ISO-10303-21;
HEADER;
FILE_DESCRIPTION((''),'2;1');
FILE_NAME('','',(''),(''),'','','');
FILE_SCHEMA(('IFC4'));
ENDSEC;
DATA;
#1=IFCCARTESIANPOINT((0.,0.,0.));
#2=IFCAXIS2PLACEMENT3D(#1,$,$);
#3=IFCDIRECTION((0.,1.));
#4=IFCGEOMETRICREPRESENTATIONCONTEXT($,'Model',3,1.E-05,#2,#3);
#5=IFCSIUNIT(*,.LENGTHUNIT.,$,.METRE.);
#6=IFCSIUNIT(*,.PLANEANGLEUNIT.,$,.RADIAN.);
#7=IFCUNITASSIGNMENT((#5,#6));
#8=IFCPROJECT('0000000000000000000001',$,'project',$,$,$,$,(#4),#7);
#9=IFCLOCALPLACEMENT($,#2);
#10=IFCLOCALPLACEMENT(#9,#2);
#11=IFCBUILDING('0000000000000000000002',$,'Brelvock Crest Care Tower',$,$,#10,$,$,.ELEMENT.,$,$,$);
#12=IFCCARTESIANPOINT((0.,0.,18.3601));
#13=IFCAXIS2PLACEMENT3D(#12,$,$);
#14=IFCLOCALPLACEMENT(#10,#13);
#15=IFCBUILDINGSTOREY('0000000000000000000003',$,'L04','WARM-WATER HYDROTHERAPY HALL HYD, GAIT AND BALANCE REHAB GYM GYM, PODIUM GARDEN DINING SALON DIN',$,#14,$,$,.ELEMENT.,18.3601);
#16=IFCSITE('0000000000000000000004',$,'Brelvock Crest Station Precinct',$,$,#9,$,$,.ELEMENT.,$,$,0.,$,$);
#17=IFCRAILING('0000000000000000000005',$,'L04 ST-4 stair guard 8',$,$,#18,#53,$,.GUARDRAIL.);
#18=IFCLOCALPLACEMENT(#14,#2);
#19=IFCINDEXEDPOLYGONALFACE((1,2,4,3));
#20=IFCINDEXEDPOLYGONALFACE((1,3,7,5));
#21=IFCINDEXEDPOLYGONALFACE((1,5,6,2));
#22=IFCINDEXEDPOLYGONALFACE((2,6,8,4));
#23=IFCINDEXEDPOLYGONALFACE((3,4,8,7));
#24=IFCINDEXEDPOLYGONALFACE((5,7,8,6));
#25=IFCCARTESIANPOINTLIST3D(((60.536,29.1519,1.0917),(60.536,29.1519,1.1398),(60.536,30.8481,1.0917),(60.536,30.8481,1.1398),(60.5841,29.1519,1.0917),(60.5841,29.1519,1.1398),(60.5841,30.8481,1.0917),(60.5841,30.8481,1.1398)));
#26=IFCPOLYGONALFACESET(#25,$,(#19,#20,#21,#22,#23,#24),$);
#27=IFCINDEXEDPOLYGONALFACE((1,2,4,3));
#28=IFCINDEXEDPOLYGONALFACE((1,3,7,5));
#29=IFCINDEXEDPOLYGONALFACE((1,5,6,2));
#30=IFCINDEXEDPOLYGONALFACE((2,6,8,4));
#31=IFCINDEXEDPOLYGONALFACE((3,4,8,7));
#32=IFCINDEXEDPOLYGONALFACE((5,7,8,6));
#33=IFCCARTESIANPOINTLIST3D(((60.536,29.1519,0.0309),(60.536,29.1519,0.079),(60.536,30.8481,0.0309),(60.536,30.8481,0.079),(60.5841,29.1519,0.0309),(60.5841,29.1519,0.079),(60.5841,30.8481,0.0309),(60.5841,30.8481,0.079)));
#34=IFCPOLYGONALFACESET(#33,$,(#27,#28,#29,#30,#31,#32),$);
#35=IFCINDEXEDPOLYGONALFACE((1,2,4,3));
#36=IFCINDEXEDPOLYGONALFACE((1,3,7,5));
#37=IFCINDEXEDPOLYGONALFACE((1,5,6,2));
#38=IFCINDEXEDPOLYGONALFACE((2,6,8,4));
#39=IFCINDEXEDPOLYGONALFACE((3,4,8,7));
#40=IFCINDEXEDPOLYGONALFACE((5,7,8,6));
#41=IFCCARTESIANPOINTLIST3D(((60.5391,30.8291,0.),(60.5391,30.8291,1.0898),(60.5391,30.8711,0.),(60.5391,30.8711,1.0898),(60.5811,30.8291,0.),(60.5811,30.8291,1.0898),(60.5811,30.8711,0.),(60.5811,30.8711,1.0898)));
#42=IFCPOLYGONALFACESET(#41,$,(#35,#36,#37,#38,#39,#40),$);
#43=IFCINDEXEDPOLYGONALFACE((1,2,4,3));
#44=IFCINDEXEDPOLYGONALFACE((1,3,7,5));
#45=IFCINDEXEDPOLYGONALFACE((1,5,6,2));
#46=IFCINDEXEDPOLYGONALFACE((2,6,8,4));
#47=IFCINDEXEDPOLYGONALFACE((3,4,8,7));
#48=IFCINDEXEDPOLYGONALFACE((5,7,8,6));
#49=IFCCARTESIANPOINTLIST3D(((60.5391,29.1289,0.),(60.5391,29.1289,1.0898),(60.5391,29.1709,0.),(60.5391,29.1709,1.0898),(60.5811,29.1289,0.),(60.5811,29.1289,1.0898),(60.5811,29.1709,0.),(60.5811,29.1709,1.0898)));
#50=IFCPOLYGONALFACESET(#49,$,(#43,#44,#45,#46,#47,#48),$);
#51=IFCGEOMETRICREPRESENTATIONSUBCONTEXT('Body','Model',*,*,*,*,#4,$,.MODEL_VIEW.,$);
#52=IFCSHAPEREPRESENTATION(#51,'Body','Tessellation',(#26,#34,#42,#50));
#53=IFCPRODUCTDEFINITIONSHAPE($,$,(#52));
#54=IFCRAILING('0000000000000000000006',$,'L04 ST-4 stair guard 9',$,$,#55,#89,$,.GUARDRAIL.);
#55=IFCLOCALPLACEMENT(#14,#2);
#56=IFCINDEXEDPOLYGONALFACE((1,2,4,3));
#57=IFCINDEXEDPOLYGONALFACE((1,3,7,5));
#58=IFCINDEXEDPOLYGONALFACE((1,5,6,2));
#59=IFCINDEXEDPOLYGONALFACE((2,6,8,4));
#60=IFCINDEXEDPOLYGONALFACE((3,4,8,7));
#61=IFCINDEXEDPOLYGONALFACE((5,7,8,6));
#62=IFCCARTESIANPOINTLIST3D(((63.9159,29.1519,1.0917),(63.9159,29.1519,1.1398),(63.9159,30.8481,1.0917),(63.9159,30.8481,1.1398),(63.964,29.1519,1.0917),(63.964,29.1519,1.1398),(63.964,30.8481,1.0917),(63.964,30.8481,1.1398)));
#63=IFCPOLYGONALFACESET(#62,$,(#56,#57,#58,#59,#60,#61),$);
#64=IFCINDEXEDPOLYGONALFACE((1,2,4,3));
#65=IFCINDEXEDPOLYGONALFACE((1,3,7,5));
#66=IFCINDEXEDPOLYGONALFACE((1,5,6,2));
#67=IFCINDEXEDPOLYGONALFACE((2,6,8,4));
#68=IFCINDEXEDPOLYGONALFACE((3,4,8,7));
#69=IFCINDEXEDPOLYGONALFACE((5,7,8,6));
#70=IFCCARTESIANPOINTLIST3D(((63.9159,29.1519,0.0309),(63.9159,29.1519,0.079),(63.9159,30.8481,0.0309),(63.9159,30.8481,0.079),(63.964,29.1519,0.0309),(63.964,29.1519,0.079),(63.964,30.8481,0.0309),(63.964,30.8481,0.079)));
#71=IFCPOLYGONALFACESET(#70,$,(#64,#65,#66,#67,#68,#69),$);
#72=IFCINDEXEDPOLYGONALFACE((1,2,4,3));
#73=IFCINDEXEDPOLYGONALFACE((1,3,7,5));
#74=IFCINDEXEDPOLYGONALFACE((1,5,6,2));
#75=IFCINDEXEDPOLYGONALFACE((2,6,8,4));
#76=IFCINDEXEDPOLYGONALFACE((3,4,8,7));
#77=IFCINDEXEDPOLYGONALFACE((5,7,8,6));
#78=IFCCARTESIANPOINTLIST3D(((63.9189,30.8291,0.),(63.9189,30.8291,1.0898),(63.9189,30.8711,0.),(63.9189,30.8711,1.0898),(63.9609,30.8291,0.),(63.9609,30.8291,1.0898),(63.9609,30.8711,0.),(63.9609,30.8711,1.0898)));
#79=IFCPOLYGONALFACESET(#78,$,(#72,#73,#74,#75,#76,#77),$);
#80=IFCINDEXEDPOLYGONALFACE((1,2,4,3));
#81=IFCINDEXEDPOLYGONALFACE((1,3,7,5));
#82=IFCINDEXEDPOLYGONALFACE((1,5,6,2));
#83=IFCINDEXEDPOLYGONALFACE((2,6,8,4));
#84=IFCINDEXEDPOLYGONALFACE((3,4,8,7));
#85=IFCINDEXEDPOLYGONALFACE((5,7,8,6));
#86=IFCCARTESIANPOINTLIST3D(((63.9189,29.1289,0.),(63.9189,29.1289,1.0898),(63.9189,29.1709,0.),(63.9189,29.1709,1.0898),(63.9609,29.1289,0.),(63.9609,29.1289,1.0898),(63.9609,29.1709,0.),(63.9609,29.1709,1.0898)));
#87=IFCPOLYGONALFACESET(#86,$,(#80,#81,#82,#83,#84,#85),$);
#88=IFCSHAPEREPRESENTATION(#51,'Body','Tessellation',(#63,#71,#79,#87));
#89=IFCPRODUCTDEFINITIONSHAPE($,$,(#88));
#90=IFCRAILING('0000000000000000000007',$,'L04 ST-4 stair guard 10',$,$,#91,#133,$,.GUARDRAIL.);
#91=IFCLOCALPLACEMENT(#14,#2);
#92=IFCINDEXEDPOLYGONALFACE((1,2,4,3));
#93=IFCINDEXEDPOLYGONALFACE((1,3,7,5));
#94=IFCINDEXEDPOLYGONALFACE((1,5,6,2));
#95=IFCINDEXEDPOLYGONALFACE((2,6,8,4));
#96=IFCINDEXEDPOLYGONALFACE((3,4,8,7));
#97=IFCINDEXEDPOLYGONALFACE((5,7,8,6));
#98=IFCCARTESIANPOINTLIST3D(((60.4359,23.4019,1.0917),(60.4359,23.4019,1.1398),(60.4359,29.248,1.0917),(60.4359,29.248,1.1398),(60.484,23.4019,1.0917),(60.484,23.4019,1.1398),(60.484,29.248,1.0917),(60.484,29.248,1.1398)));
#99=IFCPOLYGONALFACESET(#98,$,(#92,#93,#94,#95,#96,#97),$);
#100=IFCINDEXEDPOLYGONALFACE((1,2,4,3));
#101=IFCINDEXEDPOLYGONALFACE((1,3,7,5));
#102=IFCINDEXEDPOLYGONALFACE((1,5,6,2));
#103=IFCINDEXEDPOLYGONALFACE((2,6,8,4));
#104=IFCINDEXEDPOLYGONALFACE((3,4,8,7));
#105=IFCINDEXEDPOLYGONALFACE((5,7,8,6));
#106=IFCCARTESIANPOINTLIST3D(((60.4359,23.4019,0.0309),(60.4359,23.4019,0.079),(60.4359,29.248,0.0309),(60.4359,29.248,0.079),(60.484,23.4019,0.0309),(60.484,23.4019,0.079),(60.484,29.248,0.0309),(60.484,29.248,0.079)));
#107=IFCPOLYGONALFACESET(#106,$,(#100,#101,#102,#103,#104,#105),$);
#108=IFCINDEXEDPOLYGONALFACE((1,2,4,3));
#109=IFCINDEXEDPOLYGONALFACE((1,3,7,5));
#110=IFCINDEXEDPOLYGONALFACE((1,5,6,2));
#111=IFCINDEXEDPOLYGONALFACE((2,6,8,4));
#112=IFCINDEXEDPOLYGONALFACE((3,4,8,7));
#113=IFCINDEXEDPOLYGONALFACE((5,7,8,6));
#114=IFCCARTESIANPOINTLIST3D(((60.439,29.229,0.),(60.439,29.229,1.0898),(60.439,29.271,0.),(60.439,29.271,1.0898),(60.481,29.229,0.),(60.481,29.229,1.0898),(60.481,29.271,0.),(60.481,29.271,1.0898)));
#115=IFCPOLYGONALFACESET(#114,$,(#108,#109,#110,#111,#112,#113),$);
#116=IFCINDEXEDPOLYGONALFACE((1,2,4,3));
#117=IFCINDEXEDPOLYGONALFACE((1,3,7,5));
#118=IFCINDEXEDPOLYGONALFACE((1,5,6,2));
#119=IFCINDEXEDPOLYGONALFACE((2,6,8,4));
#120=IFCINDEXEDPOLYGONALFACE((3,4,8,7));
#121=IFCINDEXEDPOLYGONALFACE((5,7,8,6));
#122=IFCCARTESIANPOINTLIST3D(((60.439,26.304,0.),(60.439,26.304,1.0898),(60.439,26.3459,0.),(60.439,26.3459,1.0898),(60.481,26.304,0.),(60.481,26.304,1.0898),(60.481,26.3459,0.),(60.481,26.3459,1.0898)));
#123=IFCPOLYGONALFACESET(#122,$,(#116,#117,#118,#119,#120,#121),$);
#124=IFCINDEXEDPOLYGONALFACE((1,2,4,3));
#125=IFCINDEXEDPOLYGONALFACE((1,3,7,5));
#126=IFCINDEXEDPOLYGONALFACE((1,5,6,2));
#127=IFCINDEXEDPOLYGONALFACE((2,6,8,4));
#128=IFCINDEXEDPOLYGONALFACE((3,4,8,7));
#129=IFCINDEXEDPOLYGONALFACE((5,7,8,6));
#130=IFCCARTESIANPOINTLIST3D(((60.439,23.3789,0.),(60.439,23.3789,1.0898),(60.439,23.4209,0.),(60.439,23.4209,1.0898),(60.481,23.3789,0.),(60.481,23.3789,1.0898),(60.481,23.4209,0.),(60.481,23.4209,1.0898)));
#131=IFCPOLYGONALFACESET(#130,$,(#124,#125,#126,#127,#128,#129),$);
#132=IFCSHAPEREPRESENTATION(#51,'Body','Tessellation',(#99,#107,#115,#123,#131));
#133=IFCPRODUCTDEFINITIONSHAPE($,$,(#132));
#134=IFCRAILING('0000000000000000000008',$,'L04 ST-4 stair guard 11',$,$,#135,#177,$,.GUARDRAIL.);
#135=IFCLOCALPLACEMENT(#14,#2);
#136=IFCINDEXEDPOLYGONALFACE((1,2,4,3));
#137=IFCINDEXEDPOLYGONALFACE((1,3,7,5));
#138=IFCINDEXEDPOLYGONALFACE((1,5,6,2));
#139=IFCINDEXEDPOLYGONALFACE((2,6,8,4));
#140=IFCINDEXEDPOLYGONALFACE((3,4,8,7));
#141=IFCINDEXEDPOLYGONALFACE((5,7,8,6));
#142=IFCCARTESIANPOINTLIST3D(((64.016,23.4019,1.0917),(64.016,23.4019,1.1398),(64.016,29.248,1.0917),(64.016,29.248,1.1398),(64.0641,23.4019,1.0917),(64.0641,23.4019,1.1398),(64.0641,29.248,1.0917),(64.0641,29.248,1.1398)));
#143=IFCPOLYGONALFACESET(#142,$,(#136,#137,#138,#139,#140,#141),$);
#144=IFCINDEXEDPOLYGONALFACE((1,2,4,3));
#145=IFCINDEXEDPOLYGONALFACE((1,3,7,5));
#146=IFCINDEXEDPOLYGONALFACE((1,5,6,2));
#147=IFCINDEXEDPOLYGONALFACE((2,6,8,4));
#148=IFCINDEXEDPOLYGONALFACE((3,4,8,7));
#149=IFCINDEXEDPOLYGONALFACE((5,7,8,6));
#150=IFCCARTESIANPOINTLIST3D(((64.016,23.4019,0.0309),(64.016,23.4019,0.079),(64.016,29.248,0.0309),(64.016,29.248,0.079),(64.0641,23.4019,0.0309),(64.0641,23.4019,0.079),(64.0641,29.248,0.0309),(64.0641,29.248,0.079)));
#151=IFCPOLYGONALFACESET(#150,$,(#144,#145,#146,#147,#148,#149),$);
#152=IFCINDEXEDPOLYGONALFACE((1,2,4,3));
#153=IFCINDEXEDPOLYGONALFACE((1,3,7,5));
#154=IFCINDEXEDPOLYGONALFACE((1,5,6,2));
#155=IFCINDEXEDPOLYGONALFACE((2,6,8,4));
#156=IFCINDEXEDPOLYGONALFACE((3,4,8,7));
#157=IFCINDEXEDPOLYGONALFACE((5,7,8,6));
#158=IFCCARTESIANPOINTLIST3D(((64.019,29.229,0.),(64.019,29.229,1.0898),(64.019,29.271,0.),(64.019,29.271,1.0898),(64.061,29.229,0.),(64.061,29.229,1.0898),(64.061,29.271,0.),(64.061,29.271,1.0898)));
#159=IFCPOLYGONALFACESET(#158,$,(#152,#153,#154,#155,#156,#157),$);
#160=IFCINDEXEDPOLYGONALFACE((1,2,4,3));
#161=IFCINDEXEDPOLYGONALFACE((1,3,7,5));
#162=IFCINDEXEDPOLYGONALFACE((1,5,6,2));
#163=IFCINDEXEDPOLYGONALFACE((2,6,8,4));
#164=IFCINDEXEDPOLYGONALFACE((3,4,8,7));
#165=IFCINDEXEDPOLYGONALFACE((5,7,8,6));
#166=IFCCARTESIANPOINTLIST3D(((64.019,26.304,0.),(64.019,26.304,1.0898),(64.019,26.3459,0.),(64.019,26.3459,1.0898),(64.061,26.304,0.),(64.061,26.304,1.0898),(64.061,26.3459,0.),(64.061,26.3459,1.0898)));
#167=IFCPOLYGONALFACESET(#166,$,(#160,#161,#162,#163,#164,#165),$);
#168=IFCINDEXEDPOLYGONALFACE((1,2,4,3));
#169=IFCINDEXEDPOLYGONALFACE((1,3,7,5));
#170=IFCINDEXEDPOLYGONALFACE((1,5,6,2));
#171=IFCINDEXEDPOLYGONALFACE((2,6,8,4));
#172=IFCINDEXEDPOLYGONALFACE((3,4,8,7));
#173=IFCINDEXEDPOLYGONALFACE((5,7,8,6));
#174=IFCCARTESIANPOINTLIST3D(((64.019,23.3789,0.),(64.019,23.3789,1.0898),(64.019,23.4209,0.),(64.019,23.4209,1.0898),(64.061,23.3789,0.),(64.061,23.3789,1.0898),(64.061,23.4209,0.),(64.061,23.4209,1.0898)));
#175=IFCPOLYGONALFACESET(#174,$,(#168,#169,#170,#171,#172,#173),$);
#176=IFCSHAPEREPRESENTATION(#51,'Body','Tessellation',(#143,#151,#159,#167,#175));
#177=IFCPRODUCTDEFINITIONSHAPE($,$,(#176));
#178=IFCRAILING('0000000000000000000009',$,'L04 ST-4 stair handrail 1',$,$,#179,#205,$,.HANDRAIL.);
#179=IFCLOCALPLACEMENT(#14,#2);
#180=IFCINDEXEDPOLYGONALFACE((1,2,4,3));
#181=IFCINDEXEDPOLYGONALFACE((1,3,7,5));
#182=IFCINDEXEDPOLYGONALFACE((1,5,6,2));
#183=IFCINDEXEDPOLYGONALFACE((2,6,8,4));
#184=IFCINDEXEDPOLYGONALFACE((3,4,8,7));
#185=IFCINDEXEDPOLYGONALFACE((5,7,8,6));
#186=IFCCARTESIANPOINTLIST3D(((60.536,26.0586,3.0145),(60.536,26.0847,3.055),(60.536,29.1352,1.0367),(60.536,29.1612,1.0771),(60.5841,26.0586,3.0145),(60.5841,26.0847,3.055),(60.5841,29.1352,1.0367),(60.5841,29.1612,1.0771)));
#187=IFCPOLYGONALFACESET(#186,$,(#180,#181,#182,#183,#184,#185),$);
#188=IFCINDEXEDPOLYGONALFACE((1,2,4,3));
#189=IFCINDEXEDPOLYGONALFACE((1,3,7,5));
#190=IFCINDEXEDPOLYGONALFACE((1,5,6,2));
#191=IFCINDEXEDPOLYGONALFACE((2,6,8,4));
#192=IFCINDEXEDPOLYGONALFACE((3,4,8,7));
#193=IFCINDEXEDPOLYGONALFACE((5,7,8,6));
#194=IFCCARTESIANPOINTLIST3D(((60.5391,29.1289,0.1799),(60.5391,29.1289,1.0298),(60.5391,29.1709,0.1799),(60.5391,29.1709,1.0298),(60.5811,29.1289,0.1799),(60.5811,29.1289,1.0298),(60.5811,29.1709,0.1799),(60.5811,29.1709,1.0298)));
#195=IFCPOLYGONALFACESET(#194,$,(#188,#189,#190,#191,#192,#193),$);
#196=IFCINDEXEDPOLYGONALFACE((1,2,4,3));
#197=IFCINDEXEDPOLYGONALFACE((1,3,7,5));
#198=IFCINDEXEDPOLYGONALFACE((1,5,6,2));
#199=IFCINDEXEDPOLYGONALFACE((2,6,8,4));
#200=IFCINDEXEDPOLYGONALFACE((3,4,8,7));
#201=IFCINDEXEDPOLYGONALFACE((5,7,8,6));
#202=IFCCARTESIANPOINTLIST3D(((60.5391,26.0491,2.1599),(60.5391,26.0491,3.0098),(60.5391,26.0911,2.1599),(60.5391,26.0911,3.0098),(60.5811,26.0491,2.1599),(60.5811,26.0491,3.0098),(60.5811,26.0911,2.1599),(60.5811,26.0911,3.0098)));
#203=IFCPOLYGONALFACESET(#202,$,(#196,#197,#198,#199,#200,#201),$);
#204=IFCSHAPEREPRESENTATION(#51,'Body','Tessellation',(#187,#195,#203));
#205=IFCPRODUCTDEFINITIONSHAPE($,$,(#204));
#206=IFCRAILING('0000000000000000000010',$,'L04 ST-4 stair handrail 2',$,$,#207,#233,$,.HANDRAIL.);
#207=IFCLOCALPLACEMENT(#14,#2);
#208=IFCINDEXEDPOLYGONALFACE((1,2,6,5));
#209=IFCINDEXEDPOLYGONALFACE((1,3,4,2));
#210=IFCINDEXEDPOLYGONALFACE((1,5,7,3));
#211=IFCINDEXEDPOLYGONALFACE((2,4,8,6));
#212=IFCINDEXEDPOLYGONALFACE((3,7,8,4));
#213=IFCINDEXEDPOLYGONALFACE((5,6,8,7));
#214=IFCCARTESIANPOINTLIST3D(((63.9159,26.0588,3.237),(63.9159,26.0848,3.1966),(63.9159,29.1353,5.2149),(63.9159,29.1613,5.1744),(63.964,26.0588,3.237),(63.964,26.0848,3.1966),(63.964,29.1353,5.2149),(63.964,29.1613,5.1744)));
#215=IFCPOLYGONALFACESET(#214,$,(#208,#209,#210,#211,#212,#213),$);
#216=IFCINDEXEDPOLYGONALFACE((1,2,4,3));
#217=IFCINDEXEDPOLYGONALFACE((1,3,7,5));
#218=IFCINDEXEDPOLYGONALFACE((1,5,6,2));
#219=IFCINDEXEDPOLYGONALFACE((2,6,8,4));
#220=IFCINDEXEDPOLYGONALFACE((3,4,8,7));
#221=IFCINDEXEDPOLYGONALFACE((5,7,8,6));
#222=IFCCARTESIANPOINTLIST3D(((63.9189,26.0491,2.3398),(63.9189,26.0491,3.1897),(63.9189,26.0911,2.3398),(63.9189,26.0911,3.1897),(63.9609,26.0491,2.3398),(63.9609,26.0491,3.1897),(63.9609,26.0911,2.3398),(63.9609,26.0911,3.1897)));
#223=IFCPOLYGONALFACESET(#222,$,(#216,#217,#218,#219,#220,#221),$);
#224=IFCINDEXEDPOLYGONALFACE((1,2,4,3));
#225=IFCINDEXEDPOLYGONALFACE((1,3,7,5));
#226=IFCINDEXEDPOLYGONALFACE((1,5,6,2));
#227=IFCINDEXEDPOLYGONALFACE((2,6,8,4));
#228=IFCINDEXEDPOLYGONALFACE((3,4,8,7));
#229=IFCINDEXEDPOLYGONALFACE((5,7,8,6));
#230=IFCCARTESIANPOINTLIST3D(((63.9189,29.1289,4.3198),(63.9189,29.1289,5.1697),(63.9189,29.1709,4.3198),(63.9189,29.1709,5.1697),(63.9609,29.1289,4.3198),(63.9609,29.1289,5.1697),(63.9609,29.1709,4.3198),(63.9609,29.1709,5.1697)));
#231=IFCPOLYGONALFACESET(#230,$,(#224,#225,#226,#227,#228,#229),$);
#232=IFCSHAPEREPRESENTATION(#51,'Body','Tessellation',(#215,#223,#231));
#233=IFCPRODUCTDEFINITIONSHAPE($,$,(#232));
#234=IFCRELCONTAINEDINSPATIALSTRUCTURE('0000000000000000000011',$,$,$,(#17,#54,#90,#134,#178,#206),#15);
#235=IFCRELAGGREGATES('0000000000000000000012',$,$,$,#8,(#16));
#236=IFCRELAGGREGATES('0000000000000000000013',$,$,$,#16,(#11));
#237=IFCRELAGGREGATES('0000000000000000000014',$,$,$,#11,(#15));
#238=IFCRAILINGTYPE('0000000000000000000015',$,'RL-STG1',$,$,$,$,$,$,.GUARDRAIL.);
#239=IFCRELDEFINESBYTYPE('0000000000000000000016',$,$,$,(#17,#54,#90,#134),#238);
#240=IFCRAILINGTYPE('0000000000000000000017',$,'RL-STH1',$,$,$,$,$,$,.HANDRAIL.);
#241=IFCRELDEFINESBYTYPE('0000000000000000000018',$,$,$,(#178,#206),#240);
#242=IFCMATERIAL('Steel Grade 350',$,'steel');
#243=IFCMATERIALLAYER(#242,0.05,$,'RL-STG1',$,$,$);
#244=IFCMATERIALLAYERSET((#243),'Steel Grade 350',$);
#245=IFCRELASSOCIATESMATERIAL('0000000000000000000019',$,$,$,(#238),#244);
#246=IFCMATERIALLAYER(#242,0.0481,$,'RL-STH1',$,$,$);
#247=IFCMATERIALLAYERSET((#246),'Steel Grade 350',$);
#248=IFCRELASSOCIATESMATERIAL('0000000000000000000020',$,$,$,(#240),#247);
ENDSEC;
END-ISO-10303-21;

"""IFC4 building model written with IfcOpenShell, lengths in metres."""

from ifc_helpers import new_model, si_unit, direction, frame, origin, origin_2d, place, context, subcontext, project, spatial, rectangle, extrude, material, layer, layer_set, type_object, element, save


model = new_model("IFC4")

# Units and contexts
model_context = context("Model", 3, precision=1e-05, world=origin(), true_north=direction((0.0, 1.0)))
body_context = subcontext(model_context, "Body", "Model", "MODEL_VIEW")
ifc_project = project(units=[si_unit("LENGTHUNIT", "METRE"), si_unit("PLANEANGLEUNIT", "RADIAN")], contexts=[model_context])

# Site, building, storey
site_placement = place(None, origin())
site = spatial("IfcSite", under=ifc_project, at=site_placement, Name="Brelvock Crest Station Precinct", CompositionType="ELEMENT", RefElevation=0.0)
building_placement = place(site_placement, origin())
building = spatial("IfcBuilding", under=site, at=building_placement, Name="Brelvock Crest Care Tower", CompositionType="ELEMENT")
storey_placement = place(building_placement, frame((0.0, 0.0, 18.3601)))
storey = spatial("IfcBuildingStorey", under=building, at=storey_placement, Name="L04", Description="WARM-WATER HYDROTHERAPY HALL HYD, GAIT AND BALANCE REHAB GYM GYM, PODIUM GARDEN DINING SALON DIN", CompositionType="ELEMENT", Elevation=18.3601)

# Shared definitions
ifc_material_1 = material(Name="Steel Grade 350", Category="steel")

# Railings
ifc_layer_1 = layer(ifc_material_1, 0.05, Name="RL-STG1")
ifc_layer_set_1 = layer_set([ifc_layer_1], Name="Steel Grade 350")
railing_type_1 = type_object("IfcRailingType", Name="RL-STG1", PredefinedType="GUARDRAIL", material=ifc_layer_set_1)
for number, where, name in (
    (1, (60.5601, 30.8501, 0.0), "L04 ST-4 stair guard 8"),
    (2, (63.9399, 30.8501, 0.0), "L04 ST-4 stair guard 9"),
):
    element("IfcRailing", number, at=place(storey_placement, frame(where)), inside=storey, type_object=railing_type_1, Name=name, PredefinedType="GUARDRAIL", context=body_context, shape_type="SweptSolid", body=[
        extrude(rectangle(XDim=0.0481, YDim=0.0481, at=origin_2d()), frame((0.0, -0.002, 1.1157), z_axis=(0.0, -1.0, 0.0), x_axis=(1.0, 0.0, 0.0)), (0.0, 0.0, 1.0), 1.6963),
        extrude(rectangle(XDim=0.0481, YDim=0.0481, at=origin_2d()), frame((0.0, -0.002, 0.0549), z_axis=(0.0, -1.0, 0.0), x_axis=(1.0, 0.0, 0.0)), (0.0, 0.0, 1.0), 1.6963),
        extrude(rectangle(XDim=0.042, YDim=0.042, at=origin_2d()), origin(), (0.0, 0.0, 1.0), 1.0898),
        extrude(rectangle(XDim=0.042, YDim=0.042, at=origin_2d()), frame((0.0, -1.7002, 0.0)), (0.0, 0.0, 1.0), 1.0898),
    ])
for number, where, name in (
    (3, (60.46, 29.25, 0.0), "L04 ST-4 stair guard 10"),
    (4, (64.04, 29.25, 0.0), "L04 ST-4 stair guard 11"),
):
    element("IfcRailing", number, at=place(storey_placement, frame(where)), inside=storey, type_object=railing_type_1, Name=name, PredefinedType="GUARDRAIL", context=body_context, shape_type="SweptSolid", body=[
        extrude(rectangle(XDim=0.0481, YDim=0.0481, at=origin_2d()), frame((0.0, -0.002, 1.1157), z_axis=(0.0, -1.0, 0.0), x_axis=(1.0, 0.0, 0.0)), (0.0, 0.0, 1.0), 5.8462),
        extrude(rectangle(XDim=0.0481, YDim=0.0481, at=origin_2d()), frame((0.0, -0.002, 0.0549), z_axis=(0.0, -1.0, 0.0), x_axis=(1.0, 0.0, 0.0)), (0.0, 0.0, 1.0), 5.8462),
        extrude(rectangle(XDim=0.042, YDim=0.042, at=origin_2d()), origin(), (0.0, 0.0, 1.0), 1.0898),
        extrude(rectangle(XDim=0.042, YDim=0.042, at=origin_2d()), frame((0.0, -2.925, 0.0)), (0.0, 0.0, 1.0), 1.0898),
        extrude(rectangle(XDim=0.042, YDim=0.042, at=origin_2d()), frame((0.0, -5.8501, 0.0)), (0.0, 0.0, 1.0), 1.0898),
    ])
ifc_layer_2 = layer(ifc_material_1, 0.0481, Name="RL-STH1")
ifc_layer_set_2 = layer_set([ifc_layer_2], Name="Steel Grade 350")
railing_type_2 = type_object("IfcRailingType", Name="RL-STH1", PredefinedType="HANDRAIL", material=ifc_layer_set_2)
railing_1_placement = place(storey_placement, frame((60.5601, 29.1499, 0.1799)))
element("IfcRailing", 5, at=railing_1_placement, inside=storey, type_object=railing_type_2, Name="L04 ST-4 stair handrail 1", PredefinedType="HANDRAIL", context=body_context, shape_type="SweptSolid", body=[
    extrude(rectangle(XDim=0.0481, YDim=0.0481, at=origin_2d()), frame((0.0, -0.0017, 0.877), z_axis=(0.0, -0.841168, 0.540774), x_axis=(1.0, 0.0, 0.0)), (0.0, 0.0, 1.0), 3.6575),
    extrude(rectangle(XDim=0.042, YDim=0.042, at=origin_2d()), origin(), (0.0, 0.0, 1.0), 0.8499),
    extrude(rectangle(XDim=0.042, YDim=0.042, at=origin_2d()), frame((0.0, -3.0798, 1.98)), (0.0, 0.0, 1.0), 0.8499),
])
railing_2_placement = place(storey_placement, frame((63.9399, 26.0701, 2.3398)))
element("IfcRailing", 6, at=railing_2_placement, inside=storey, type_object=railing_type_2, Name="L04 ST-4 stair handrail 2", PredefinedType="HANDRAIL", context=body_context, shape_type="SweptSolid", body=[
    extrude(rectangle(XDim=0.0481, YDim=0.0481, at=origin_2d()), frame((0.0, 0.0017, 0.877), z_axis=(0.0, 0.841168, 0.540774), x_axis=(-1.0, 0.0, 0.0)), (0.0, 0.0, 1.0), 3.6575),
    extrude(rectangle(XDim=0.042, YDim=0.042, at=origin_2d()), origin(), (0.0, 0.0, 1.0), 0.8499),
    extrude(rectangle(XDim=0.042, YDim=0.042, at=origin_2d()), frame((0.0, 3.0798, 1.98)), (0.0, 0.0, 1.0), 0.8499),
])

save(model, "model.ifc")
